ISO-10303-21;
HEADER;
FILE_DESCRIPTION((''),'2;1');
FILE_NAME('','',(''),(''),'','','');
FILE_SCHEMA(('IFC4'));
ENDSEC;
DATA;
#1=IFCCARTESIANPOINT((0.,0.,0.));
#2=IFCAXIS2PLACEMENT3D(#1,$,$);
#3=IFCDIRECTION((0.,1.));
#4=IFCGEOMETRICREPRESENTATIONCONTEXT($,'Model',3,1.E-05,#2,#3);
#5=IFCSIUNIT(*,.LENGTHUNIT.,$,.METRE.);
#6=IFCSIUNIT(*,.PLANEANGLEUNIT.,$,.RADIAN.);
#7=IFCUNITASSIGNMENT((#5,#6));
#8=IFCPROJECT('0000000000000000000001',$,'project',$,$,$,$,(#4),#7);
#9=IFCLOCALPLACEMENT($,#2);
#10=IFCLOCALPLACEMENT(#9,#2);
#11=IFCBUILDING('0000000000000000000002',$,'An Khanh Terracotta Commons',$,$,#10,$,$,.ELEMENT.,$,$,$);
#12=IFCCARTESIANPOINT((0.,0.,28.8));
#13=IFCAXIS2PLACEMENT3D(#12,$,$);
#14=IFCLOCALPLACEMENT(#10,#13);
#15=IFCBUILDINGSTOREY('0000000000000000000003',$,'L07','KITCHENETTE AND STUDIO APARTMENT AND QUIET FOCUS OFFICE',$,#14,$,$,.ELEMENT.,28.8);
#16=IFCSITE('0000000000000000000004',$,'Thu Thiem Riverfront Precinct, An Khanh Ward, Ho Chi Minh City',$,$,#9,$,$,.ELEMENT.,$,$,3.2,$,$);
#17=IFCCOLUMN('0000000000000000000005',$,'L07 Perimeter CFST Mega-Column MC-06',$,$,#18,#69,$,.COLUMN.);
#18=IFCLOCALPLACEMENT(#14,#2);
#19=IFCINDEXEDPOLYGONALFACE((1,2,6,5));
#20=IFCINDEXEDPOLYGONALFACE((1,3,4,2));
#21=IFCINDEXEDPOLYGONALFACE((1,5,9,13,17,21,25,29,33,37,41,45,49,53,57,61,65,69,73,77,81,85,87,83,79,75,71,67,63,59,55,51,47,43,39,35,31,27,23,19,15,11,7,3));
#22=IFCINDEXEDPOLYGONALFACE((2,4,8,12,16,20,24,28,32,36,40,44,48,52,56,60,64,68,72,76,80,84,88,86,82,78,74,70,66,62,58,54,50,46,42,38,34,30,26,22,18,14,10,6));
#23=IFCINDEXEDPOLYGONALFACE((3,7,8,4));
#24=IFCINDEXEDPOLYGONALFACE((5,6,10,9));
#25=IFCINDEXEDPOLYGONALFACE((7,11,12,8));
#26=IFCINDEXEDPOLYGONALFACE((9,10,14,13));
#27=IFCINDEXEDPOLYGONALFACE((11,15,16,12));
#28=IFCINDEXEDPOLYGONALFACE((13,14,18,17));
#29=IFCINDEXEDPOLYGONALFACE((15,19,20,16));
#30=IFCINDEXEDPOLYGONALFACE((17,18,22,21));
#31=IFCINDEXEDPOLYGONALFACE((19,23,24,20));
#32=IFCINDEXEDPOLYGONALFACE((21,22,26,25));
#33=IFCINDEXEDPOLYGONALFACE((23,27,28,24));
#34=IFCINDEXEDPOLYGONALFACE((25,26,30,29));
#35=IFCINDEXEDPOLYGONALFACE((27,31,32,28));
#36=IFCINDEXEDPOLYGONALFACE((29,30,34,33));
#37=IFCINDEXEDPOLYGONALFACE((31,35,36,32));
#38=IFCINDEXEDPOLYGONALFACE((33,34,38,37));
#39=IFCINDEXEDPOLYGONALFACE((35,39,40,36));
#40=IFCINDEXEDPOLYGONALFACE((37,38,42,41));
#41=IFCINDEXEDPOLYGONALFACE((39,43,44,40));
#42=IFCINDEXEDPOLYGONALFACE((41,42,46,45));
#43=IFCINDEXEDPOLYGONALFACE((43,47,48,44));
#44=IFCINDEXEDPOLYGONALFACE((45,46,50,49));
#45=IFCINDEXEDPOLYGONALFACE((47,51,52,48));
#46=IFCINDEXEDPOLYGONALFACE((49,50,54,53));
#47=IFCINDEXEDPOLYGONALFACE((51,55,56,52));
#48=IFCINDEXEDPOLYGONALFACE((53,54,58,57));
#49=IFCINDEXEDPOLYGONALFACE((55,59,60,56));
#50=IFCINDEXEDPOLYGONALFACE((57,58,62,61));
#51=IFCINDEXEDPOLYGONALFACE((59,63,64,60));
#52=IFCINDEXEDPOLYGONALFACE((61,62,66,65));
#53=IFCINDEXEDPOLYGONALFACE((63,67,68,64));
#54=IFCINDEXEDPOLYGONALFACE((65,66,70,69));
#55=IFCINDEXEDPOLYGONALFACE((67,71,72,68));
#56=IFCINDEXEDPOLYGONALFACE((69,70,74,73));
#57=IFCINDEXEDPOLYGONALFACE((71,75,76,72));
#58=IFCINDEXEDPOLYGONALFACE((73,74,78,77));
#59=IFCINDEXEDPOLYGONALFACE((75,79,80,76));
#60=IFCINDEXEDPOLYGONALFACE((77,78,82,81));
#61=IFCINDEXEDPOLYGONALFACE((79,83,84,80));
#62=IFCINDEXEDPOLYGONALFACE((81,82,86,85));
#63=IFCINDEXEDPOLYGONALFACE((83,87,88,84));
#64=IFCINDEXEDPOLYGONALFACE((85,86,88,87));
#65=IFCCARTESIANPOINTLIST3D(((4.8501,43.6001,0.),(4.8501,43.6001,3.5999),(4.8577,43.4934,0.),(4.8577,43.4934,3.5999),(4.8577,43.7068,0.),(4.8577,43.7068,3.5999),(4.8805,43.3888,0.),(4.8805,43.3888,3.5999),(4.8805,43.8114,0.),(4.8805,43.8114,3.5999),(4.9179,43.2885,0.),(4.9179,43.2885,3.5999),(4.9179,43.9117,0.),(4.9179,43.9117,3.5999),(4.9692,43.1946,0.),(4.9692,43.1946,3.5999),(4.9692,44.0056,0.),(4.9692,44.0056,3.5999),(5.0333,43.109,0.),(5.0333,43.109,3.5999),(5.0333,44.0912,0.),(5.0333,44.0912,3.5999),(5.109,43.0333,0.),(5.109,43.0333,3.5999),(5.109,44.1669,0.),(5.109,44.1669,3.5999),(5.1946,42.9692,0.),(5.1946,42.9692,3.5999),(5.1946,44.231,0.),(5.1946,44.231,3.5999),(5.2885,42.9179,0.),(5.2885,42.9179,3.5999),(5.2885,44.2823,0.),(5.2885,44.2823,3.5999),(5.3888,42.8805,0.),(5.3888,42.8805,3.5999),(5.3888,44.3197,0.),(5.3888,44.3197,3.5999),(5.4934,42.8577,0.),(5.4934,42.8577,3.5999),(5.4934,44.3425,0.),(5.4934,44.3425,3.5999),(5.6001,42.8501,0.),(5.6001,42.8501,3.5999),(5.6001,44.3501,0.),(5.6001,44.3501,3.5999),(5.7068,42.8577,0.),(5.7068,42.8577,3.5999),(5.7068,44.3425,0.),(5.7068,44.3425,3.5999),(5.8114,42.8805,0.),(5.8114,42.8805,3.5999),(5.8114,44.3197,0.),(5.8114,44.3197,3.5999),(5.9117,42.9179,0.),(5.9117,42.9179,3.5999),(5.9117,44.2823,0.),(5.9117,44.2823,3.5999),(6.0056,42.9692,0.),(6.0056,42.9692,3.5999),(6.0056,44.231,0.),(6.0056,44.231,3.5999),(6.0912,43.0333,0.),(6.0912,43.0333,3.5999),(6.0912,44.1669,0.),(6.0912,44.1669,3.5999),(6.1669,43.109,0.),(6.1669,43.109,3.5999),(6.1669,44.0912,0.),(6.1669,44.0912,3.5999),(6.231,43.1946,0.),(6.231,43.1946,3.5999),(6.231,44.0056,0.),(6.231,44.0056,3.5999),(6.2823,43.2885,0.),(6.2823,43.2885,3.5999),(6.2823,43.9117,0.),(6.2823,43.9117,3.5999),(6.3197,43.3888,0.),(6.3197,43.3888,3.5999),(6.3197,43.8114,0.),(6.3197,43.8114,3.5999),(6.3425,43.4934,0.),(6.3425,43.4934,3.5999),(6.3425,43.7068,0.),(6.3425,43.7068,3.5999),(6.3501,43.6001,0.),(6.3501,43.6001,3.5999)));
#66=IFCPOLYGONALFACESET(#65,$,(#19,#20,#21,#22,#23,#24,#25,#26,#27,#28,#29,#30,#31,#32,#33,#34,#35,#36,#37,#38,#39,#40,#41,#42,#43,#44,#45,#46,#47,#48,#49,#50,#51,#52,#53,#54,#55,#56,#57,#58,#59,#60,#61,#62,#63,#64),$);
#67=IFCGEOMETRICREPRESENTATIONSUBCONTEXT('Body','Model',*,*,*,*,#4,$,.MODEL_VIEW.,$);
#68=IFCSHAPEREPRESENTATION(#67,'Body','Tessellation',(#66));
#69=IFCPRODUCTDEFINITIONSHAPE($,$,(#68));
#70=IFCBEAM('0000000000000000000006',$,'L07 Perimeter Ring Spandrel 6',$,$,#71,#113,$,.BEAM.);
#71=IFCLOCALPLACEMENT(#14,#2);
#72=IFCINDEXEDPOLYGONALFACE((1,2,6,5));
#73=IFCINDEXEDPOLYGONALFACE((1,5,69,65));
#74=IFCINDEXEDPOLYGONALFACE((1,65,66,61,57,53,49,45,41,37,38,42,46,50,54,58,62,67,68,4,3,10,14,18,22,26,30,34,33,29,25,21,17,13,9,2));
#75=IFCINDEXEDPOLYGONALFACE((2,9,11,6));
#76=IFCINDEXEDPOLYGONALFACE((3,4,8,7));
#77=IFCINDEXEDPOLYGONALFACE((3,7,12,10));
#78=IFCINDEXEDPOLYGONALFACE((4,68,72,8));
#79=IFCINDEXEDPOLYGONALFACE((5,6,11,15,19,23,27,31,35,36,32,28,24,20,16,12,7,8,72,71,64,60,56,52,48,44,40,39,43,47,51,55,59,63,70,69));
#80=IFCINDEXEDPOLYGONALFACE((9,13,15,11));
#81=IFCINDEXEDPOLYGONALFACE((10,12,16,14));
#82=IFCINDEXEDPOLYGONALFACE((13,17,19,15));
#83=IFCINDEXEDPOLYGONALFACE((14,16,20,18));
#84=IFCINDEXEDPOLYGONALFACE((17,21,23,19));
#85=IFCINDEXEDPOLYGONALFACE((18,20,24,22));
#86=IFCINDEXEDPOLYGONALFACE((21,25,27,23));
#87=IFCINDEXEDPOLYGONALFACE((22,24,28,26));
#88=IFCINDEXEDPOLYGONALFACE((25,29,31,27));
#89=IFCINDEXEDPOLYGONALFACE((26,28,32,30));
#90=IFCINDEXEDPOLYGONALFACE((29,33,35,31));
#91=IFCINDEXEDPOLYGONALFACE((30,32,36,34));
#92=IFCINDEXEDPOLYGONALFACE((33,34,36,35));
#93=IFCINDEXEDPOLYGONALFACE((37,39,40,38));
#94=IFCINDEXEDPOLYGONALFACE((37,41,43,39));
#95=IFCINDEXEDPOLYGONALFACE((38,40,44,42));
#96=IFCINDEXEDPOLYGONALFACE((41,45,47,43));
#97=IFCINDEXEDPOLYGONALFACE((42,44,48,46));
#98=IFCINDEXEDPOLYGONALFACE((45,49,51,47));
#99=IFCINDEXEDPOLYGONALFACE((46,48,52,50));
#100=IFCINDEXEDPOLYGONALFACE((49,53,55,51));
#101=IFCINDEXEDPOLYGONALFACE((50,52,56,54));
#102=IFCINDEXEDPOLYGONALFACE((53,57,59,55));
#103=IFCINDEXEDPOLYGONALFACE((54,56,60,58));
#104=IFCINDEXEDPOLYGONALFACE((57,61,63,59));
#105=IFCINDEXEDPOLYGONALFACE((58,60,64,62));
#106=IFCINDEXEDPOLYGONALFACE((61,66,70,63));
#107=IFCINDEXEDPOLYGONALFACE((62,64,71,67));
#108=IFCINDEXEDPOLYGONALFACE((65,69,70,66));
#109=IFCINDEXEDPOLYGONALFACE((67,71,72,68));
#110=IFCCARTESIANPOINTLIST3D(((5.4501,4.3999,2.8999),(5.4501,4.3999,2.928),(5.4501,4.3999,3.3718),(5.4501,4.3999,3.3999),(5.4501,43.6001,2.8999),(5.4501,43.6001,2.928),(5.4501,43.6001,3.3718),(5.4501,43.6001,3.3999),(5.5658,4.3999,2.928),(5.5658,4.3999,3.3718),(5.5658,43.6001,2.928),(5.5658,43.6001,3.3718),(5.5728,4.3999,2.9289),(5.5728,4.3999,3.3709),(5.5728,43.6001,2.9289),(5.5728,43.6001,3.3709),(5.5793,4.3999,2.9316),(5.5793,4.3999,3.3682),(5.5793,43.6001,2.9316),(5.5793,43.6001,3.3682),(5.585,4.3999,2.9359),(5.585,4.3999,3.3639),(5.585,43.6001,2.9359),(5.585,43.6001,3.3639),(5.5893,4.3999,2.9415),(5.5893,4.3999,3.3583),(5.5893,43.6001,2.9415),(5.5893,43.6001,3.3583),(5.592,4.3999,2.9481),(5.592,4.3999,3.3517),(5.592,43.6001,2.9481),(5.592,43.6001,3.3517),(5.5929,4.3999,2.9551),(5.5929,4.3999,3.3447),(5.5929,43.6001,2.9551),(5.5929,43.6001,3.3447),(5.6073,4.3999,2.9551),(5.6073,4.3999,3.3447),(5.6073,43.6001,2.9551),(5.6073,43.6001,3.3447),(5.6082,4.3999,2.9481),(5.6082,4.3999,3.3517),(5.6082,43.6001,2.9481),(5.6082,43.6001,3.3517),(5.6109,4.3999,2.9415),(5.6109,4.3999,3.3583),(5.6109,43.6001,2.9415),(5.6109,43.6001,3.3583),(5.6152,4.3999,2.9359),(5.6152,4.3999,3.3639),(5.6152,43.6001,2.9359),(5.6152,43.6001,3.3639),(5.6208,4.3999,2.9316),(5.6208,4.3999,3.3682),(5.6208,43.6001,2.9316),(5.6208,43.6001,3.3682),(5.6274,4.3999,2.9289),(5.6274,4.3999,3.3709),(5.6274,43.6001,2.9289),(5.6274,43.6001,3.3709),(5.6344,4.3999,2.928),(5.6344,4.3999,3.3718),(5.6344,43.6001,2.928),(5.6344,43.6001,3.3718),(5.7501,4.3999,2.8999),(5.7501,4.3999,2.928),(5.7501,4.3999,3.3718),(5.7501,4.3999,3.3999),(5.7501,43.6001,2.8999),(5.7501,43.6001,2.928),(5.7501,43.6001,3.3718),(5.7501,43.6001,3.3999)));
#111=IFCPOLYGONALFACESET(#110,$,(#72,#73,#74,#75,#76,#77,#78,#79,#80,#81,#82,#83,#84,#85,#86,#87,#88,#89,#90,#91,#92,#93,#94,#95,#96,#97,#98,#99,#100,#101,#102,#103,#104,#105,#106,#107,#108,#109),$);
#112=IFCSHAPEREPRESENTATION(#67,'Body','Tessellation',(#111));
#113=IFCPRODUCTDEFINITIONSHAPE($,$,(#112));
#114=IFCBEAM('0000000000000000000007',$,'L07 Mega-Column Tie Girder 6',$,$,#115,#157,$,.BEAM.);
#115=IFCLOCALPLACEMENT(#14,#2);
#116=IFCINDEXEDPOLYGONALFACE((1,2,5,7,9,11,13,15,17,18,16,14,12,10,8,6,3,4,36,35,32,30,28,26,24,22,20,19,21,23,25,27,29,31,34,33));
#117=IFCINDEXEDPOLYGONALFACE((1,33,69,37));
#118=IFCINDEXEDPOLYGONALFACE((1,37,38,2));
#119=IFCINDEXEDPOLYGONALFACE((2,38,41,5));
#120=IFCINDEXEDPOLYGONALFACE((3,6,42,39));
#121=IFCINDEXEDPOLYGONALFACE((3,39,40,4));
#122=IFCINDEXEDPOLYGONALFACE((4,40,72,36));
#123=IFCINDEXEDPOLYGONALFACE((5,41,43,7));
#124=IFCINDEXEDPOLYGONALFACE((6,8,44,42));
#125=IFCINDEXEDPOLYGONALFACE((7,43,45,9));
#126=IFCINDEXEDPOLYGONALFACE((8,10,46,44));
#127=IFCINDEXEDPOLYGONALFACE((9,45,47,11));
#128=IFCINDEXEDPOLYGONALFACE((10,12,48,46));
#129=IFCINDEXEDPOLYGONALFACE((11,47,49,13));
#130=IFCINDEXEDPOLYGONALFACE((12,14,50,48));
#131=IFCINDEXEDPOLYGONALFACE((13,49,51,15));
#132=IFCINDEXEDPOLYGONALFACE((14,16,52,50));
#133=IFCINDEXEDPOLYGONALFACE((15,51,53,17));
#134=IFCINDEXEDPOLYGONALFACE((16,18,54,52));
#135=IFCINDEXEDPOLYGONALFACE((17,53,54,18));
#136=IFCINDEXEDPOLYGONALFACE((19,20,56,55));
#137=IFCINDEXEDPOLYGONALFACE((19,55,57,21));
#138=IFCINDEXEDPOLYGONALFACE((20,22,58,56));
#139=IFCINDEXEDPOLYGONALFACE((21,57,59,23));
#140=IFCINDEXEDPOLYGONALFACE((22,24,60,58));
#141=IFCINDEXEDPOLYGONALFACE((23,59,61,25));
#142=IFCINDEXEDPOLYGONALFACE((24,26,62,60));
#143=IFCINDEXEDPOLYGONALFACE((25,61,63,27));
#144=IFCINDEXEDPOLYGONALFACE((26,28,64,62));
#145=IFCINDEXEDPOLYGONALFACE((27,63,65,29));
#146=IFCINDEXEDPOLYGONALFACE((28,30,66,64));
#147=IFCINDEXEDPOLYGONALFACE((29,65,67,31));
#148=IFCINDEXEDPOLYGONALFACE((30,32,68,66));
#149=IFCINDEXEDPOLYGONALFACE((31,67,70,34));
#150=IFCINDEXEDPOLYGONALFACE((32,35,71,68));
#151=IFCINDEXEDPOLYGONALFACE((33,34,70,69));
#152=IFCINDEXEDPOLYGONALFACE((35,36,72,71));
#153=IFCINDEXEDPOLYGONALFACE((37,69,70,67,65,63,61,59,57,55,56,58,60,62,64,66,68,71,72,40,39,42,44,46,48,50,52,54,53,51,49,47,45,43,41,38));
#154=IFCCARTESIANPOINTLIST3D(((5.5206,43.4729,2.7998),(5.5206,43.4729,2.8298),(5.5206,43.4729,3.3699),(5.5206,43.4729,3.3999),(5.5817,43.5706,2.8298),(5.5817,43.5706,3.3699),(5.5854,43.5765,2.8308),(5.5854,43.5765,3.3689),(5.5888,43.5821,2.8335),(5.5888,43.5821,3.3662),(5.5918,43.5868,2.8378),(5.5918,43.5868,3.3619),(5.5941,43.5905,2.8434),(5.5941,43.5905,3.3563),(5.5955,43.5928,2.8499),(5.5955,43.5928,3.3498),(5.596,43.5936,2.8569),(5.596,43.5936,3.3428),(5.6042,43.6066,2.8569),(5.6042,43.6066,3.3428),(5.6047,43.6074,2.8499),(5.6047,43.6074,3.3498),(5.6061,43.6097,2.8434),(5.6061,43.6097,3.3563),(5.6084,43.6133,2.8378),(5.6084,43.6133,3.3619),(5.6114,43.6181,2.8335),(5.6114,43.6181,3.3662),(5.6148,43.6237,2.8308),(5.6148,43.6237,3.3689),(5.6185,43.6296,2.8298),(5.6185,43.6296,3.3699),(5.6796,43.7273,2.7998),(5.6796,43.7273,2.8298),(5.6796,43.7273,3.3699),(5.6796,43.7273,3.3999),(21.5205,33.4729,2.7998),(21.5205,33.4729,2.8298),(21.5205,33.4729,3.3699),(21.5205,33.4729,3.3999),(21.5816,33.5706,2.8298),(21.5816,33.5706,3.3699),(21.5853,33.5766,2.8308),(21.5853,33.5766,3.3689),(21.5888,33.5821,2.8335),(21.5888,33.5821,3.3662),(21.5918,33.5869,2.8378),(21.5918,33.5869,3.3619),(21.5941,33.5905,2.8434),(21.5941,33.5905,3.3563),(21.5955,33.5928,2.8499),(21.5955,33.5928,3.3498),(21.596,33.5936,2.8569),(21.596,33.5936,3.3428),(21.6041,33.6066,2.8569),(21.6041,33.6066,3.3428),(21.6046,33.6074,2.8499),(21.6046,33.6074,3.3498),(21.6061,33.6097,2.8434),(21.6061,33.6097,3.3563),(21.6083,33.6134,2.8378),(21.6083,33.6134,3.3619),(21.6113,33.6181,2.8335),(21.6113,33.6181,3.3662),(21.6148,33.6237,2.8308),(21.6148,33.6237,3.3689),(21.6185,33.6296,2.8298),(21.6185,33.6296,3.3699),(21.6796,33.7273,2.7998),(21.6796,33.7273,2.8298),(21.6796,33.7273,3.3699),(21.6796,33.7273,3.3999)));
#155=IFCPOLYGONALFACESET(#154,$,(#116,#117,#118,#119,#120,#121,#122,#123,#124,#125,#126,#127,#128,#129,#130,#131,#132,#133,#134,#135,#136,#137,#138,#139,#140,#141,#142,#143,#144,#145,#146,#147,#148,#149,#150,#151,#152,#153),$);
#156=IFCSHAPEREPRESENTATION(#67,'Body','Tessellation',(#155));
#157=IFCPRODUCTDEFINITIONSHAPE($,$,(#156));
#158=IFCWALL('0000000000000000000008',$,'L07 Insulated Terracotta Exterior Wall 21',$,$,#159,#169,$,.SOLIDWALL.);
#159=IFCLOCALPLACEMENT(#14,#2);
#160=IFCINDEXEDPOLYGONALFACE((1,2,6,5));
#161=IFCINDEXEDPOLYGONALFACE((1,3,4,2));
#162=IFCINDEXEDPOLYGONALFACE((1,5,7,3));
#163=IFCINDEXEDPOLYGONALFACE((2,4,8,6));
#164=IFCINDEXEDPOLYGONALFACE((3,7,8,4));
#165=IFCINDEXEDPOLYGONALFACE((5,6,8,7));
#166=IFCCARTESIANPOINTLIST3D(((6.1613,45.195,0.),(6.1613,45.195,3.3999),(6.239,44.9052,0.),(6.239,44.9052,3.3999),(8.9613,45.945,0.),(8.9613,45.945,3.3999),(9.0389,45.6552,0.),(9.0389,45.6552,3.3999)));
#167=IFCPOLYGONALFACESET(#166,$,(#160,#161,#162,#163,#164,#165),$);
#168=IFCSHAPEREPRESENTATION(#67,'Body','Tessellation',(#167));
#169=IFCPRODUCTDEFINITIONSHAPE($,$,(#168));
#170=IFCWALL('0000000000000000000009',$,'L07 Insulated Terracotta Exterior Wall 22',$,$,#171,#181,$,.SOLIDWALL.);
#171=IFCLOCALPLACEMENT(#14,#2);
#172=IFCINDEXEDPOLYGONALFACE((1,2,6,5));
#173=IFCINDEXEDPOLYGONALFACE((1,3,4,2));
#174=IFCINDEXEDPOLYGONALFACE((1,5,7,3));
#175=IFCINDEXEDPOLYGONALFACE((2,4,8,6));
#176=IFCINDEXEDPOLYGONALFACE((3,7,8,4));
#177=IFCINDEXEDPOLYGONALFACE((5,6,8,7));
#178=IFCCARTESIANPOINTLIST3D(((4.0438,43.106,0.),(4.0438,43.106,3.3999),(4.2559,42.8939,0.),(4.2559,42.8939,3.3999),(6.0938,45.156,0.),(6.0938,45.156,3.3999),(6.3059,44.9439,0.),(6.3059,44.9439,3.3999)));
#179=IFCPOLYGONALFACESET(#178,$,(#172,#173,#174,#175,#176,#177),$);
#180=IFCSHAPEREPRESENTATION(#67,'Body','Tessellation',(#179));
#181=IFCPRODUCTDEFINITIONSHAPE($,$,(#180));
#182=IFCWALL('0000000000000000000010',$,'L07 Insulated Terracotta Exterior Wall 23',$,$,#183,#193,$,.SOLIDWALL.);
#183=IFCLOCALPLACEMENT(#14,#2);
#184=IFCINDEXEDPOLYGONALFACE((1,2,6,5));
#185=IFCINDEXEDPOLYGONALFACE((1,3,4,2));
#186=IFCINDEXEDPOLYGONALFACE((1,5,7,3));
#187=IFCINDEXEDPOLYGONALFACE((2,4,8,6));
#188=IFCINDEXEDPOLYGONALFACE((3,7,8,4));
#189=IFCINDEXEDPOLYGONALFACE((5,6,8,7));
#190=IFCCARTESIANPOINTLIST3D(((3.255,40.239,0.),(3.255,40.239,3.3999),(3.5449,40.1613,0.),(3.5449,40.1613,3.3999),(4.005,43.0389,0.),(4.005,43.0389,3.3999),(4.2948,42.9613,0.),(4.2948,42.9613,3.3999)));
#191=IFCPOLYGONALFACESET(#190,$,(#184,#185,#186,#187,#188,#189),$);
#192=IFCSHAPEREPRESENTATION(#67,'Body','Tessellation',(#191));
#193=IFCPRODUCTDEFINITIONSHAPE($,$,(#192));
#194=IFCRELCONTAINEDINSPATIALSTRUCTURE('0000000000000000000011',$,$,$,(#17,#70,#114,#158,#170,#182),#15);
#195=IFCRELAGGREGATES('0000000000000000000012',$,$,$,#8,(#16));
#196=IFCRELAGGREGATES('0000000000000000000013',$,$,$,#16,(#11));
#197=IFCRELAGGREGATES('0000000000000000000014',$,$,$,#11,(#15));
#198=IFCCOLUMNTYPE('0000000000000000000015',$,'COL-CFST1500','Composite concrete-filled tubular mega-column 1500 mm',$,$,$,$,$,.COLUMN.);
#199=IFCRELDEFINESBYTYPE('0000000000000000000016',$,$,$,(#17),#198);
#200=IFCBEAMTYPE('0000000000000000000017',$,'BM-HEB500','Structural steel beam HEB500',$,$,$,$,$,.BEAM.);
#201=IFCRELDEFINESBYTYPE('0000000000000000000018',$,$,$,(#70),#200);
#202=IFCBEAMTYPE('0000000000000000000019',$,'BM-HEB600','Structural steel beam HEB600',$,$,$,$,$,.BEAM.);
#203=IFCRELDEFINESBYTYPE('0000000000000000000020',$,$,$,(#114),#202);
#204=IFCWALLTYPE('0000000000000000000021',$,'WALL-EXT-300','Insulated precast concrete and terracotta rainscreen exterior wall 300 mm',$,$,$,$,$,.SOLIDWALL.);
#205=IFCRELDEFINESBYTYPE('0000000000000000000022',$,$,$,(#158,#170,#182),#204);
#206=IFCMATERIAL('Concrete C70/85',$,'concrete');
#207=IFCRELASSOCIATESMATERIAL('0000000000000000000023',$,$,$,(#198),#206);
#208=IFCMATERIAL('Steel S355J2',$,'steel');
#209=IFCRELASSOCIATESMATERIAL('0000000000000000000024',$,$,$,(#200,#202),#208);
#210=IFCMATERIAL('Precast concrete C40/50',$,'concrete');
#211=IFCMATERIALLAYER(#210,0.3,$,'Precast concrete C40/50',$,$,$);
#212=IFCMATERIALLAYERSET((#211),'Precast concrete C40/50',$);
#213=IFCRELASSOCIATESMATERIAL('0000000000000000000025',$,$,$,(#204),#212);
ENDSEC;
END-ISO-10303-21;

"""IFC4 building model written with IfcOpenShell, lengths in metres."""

from ifc_helpers import new_model, si_unit, direction, frame, frame_2d, origin, origin_2d, place, context, subcontext, project, spatial, rectangle, circle, i_section, extrude, material, layer, layer_set, material_profile, profile_set, type_object, element, save


model = new_model("IFC4")

# Units and contexts
model_context = context("Model", 3, precision=1e-05, world=origin(), true_north=direction((0.0, 1.0)))
body_context = subcontext(model_context, "Body", "Model", "MODEL_VIEW")
ifc_project = project(units=[si_unit("LENGTHUNIT", "METRE"), si_unit("PLANEANGLEUNIT", "RADIAN")], contexts=[model_context])

# Site, building, storey
site_placement = place(None, origin())
site = spatial("IfcSite", under=ifc_project, at=site_placement, Name="Thu Thiem Riverfront Precinct, An Khanh Ward, Ho Chi Minh City", CompositionType="ELEMENT", RefElevation=3.2)
building_placement = place(site_placement, origin())
building = spatial("IfcBuilding", under=site, at=building_placement, Name="An Khanh Terracotta Commons", CompositionType="ELEMENT")
storey_placement = place(building_placement, frame((0.0, 0.0, 28.8)))
storey = spatial("IfcBuildingStorey", under=building, at=storey_placement, Name="L07", Description="KITCHENETTE AND STUDIO APARTMENT AND QUIET FOCUS OFFICE", CompositionType="ELEMENT", Elevation=28.8)

# Column
ifc_material_1 = material(Name="Concrete C70/85", Category="concrete")
ifc_material_profile_1 = material_profile(ifc_material_1, circle(Radius=0.75, at=origin_2d()), Name="CFST1500")
ifc_profile_set_1 = profile_set([ifc_material_profile_1], Name="Concrete C70/85")
column_type = type_object("IfcColumnType", Name="COL-CFST1500", Description="Composite concrete-filled tubular mega-column 1500 mm", PredefinedType="COLUMN", material=ifc_profile_set_1)
column_placement = place(storey_placement, frame((5.6001, 43.6001, 0.0), z_axis=(0.0, 0.0, 1.0), x_axis=(1.0, 0.0, 0.0)))
element("IfcColumn", 1, at=column_placement, inside=storey, type_object=column_type, Name="L07 Perimeter CFST Mega-Column MC-06", PredefinedType="COLUMN", context=body_context, shape_type="SweptSolid", body=[
    extrude(circle(Radius=0.75, at=origin_2d()), origin(), (0.0, 0.0, 1.0), 3.5999),
])

# Beams
ifc_material_2 = material(Name="Steel S355J2", Category="steel")
ifc_material_profile_2 = material_profile(ifc_material_2, i_section(OverallWidth=0.3, OverallDepth=0.5, WebThickness=0.0144, FlangeThickness=0.0281, FilletRadius=0.0271, at=origin_2d()), Name="HEB500")
ifc_profile_set_2 = profile_set([ifc_material_profile_2], Name="Steel S355J2")
beam_type_1 = type_object("IfcBeamType", Name="BM-HEB500", Description="Structural steel beam HEB500", PredefinedType="BEAM", material=ifc_profile_set_2)
beam_1_placement = place(storey_placement, frame((5.6001, 43.6001, 3.1499), z_axis=(0.0, -1.0, 0.0), x_axis=(1.0, 0.0, 0.0)))
element("IfcBeam", 2, at=beam_1_placement, inside=storey, type_object=beam_type_1, Name="L07 Perimeter Ring Spandrel 6", PredefinedType="BEAM", context=body_context, shape_type="SweptSolid", body=[
    extrude(i_section(OverallWidth=0.3, OverallDepth=0.5, WebThickness=0.0144, FlangeThickness=0.0281, FilletRadius=0.0271, at=origin_2d()), origin(), (0.0, 0.0, 1.0), 39.2002),
])
ifc_material_profile_3 = material_profile(ifc_material_2, i_section(OverallWidth=0.3, OverallDepth=0.6001, WebThickness=0.0154, FlangeThickness=0.03, FilletRadius=0.0271, at=origin_2d()), Name="HEB600")
ifc_profile_set_3 = profile_set([ifc_material_profile_3], Name="Steel S355J2")
beam_type_2 = type_object("IfcBeamType", Name="BM-HEB600", Description="Structural steel beam HEB600", PredefinedType="BEAM", material=ifc_profile_set_3)
beam_2_placement = place(storey_placement, frame((5.6001, 43.6001, 3.0999), z_axis=(0.847998, -0.529999, 0.0), x_axis=(0.529999, 0.847998, 0.0)))
element("IfcBeam", 3, at=beam_2_placement, inside=storey, type_object=beam_type_2, Name="L07 Mega-Column Tie Girder 6", PredefinedType="BEAM", context=body_context, shape_type="SweptSolid", body=[
    extrude(i_section(OverallWidth=0.3, OverallDepth=0.6001, WebThickness=0.0154, FlangeThickness=0.03, FilletRadius=0.0271, at=origin_2d()), origin(), (0.0, 0.0, 1.0), 18.8679),
])

# Walls
ifc_material_3 = material(Name="Precast concrete C40/50", Category="concrete")
ifc_layer_1 = layer(ifc_material_3, 0.3, Name="Precast concrete C40/50")
ifc_layer_set_1 = layer_set([ifc_layer_1], Name="Precast concrete C40/50")
wall_type_1 = type_object("IfcWallType", Name="WALL-EXT-300", Description="Insulated precast concrete and terracotta rainscreen exterior wall 300 mm", PredefinedType="SOLIDWALL", material=ifc_layer_set_1)
wall_1_placement = place(storey_placement, frame((9.0, 45.8, 0.0), z_axis=(0.0, 0.0, 1.0), x_axis=(-0.965949, -0.258732, 0.0)))
element("IfcWall", 4, at=wall_1_placement, inside=storey, type_object=wall_type_1, Name="L07 Insulated Terracotta Exterior Wall 21", PredefinedType="SOLIDWALL", context=body_context, shape_type="SweptSolid", body=[
    extrude(rectangle(XDim=2.8987, YDim=0.3, at=frame_2d((1.4492, 0.0))), origin(), (0.0, 0.0, 1.0), 3.3999),
])
wall_2_placement = place(storey_placement, frame((6.2, 45.05, 0.0), z_axis=(0.0, 0.0, 1.0), x_axis=(-0.707107, -0.707107, 0.0)))
element("IfcWall", 5, at=wall_2_placement, inside=storey, type_object=wall_type_1, Name="L07 Insulated Terracotta Exterior Wall 22", PredefinedType="SOLIDWALL", context=body_context, shape_type="SweptSolid", body=[
    extrude(rectangle(XDim=2.8992, YDim=0.3, at=frame_2d((1.4497, 0.0))), origin(), (0.0, 0.0, 1.0), 3.3999),
])
wall_3_placement = place(storey_placement, frame((4.1499, 43.0, 0.0), z_axis=(0.0, 0.0, 1.0), x_axis=(-0.258732, -0.965949, 0.0)))
element("IfcWall", 6, at=wall_3_placement, inside=storey, type_object=wall_type_1, Name="L07 Insulated Terracotta Exterior Wall 23", PredefinedType="SOLIDWALL", context=body_context, shape_type="SweptSolid", body=[
    extrude(rectangle(XDim=2.8987, YDim=0.3, at=frame_2d((1.4492, 0.0))), origin(), (0.0, 0.0, 1.0), 3.3999),
])

save(model, "model.ifc")
